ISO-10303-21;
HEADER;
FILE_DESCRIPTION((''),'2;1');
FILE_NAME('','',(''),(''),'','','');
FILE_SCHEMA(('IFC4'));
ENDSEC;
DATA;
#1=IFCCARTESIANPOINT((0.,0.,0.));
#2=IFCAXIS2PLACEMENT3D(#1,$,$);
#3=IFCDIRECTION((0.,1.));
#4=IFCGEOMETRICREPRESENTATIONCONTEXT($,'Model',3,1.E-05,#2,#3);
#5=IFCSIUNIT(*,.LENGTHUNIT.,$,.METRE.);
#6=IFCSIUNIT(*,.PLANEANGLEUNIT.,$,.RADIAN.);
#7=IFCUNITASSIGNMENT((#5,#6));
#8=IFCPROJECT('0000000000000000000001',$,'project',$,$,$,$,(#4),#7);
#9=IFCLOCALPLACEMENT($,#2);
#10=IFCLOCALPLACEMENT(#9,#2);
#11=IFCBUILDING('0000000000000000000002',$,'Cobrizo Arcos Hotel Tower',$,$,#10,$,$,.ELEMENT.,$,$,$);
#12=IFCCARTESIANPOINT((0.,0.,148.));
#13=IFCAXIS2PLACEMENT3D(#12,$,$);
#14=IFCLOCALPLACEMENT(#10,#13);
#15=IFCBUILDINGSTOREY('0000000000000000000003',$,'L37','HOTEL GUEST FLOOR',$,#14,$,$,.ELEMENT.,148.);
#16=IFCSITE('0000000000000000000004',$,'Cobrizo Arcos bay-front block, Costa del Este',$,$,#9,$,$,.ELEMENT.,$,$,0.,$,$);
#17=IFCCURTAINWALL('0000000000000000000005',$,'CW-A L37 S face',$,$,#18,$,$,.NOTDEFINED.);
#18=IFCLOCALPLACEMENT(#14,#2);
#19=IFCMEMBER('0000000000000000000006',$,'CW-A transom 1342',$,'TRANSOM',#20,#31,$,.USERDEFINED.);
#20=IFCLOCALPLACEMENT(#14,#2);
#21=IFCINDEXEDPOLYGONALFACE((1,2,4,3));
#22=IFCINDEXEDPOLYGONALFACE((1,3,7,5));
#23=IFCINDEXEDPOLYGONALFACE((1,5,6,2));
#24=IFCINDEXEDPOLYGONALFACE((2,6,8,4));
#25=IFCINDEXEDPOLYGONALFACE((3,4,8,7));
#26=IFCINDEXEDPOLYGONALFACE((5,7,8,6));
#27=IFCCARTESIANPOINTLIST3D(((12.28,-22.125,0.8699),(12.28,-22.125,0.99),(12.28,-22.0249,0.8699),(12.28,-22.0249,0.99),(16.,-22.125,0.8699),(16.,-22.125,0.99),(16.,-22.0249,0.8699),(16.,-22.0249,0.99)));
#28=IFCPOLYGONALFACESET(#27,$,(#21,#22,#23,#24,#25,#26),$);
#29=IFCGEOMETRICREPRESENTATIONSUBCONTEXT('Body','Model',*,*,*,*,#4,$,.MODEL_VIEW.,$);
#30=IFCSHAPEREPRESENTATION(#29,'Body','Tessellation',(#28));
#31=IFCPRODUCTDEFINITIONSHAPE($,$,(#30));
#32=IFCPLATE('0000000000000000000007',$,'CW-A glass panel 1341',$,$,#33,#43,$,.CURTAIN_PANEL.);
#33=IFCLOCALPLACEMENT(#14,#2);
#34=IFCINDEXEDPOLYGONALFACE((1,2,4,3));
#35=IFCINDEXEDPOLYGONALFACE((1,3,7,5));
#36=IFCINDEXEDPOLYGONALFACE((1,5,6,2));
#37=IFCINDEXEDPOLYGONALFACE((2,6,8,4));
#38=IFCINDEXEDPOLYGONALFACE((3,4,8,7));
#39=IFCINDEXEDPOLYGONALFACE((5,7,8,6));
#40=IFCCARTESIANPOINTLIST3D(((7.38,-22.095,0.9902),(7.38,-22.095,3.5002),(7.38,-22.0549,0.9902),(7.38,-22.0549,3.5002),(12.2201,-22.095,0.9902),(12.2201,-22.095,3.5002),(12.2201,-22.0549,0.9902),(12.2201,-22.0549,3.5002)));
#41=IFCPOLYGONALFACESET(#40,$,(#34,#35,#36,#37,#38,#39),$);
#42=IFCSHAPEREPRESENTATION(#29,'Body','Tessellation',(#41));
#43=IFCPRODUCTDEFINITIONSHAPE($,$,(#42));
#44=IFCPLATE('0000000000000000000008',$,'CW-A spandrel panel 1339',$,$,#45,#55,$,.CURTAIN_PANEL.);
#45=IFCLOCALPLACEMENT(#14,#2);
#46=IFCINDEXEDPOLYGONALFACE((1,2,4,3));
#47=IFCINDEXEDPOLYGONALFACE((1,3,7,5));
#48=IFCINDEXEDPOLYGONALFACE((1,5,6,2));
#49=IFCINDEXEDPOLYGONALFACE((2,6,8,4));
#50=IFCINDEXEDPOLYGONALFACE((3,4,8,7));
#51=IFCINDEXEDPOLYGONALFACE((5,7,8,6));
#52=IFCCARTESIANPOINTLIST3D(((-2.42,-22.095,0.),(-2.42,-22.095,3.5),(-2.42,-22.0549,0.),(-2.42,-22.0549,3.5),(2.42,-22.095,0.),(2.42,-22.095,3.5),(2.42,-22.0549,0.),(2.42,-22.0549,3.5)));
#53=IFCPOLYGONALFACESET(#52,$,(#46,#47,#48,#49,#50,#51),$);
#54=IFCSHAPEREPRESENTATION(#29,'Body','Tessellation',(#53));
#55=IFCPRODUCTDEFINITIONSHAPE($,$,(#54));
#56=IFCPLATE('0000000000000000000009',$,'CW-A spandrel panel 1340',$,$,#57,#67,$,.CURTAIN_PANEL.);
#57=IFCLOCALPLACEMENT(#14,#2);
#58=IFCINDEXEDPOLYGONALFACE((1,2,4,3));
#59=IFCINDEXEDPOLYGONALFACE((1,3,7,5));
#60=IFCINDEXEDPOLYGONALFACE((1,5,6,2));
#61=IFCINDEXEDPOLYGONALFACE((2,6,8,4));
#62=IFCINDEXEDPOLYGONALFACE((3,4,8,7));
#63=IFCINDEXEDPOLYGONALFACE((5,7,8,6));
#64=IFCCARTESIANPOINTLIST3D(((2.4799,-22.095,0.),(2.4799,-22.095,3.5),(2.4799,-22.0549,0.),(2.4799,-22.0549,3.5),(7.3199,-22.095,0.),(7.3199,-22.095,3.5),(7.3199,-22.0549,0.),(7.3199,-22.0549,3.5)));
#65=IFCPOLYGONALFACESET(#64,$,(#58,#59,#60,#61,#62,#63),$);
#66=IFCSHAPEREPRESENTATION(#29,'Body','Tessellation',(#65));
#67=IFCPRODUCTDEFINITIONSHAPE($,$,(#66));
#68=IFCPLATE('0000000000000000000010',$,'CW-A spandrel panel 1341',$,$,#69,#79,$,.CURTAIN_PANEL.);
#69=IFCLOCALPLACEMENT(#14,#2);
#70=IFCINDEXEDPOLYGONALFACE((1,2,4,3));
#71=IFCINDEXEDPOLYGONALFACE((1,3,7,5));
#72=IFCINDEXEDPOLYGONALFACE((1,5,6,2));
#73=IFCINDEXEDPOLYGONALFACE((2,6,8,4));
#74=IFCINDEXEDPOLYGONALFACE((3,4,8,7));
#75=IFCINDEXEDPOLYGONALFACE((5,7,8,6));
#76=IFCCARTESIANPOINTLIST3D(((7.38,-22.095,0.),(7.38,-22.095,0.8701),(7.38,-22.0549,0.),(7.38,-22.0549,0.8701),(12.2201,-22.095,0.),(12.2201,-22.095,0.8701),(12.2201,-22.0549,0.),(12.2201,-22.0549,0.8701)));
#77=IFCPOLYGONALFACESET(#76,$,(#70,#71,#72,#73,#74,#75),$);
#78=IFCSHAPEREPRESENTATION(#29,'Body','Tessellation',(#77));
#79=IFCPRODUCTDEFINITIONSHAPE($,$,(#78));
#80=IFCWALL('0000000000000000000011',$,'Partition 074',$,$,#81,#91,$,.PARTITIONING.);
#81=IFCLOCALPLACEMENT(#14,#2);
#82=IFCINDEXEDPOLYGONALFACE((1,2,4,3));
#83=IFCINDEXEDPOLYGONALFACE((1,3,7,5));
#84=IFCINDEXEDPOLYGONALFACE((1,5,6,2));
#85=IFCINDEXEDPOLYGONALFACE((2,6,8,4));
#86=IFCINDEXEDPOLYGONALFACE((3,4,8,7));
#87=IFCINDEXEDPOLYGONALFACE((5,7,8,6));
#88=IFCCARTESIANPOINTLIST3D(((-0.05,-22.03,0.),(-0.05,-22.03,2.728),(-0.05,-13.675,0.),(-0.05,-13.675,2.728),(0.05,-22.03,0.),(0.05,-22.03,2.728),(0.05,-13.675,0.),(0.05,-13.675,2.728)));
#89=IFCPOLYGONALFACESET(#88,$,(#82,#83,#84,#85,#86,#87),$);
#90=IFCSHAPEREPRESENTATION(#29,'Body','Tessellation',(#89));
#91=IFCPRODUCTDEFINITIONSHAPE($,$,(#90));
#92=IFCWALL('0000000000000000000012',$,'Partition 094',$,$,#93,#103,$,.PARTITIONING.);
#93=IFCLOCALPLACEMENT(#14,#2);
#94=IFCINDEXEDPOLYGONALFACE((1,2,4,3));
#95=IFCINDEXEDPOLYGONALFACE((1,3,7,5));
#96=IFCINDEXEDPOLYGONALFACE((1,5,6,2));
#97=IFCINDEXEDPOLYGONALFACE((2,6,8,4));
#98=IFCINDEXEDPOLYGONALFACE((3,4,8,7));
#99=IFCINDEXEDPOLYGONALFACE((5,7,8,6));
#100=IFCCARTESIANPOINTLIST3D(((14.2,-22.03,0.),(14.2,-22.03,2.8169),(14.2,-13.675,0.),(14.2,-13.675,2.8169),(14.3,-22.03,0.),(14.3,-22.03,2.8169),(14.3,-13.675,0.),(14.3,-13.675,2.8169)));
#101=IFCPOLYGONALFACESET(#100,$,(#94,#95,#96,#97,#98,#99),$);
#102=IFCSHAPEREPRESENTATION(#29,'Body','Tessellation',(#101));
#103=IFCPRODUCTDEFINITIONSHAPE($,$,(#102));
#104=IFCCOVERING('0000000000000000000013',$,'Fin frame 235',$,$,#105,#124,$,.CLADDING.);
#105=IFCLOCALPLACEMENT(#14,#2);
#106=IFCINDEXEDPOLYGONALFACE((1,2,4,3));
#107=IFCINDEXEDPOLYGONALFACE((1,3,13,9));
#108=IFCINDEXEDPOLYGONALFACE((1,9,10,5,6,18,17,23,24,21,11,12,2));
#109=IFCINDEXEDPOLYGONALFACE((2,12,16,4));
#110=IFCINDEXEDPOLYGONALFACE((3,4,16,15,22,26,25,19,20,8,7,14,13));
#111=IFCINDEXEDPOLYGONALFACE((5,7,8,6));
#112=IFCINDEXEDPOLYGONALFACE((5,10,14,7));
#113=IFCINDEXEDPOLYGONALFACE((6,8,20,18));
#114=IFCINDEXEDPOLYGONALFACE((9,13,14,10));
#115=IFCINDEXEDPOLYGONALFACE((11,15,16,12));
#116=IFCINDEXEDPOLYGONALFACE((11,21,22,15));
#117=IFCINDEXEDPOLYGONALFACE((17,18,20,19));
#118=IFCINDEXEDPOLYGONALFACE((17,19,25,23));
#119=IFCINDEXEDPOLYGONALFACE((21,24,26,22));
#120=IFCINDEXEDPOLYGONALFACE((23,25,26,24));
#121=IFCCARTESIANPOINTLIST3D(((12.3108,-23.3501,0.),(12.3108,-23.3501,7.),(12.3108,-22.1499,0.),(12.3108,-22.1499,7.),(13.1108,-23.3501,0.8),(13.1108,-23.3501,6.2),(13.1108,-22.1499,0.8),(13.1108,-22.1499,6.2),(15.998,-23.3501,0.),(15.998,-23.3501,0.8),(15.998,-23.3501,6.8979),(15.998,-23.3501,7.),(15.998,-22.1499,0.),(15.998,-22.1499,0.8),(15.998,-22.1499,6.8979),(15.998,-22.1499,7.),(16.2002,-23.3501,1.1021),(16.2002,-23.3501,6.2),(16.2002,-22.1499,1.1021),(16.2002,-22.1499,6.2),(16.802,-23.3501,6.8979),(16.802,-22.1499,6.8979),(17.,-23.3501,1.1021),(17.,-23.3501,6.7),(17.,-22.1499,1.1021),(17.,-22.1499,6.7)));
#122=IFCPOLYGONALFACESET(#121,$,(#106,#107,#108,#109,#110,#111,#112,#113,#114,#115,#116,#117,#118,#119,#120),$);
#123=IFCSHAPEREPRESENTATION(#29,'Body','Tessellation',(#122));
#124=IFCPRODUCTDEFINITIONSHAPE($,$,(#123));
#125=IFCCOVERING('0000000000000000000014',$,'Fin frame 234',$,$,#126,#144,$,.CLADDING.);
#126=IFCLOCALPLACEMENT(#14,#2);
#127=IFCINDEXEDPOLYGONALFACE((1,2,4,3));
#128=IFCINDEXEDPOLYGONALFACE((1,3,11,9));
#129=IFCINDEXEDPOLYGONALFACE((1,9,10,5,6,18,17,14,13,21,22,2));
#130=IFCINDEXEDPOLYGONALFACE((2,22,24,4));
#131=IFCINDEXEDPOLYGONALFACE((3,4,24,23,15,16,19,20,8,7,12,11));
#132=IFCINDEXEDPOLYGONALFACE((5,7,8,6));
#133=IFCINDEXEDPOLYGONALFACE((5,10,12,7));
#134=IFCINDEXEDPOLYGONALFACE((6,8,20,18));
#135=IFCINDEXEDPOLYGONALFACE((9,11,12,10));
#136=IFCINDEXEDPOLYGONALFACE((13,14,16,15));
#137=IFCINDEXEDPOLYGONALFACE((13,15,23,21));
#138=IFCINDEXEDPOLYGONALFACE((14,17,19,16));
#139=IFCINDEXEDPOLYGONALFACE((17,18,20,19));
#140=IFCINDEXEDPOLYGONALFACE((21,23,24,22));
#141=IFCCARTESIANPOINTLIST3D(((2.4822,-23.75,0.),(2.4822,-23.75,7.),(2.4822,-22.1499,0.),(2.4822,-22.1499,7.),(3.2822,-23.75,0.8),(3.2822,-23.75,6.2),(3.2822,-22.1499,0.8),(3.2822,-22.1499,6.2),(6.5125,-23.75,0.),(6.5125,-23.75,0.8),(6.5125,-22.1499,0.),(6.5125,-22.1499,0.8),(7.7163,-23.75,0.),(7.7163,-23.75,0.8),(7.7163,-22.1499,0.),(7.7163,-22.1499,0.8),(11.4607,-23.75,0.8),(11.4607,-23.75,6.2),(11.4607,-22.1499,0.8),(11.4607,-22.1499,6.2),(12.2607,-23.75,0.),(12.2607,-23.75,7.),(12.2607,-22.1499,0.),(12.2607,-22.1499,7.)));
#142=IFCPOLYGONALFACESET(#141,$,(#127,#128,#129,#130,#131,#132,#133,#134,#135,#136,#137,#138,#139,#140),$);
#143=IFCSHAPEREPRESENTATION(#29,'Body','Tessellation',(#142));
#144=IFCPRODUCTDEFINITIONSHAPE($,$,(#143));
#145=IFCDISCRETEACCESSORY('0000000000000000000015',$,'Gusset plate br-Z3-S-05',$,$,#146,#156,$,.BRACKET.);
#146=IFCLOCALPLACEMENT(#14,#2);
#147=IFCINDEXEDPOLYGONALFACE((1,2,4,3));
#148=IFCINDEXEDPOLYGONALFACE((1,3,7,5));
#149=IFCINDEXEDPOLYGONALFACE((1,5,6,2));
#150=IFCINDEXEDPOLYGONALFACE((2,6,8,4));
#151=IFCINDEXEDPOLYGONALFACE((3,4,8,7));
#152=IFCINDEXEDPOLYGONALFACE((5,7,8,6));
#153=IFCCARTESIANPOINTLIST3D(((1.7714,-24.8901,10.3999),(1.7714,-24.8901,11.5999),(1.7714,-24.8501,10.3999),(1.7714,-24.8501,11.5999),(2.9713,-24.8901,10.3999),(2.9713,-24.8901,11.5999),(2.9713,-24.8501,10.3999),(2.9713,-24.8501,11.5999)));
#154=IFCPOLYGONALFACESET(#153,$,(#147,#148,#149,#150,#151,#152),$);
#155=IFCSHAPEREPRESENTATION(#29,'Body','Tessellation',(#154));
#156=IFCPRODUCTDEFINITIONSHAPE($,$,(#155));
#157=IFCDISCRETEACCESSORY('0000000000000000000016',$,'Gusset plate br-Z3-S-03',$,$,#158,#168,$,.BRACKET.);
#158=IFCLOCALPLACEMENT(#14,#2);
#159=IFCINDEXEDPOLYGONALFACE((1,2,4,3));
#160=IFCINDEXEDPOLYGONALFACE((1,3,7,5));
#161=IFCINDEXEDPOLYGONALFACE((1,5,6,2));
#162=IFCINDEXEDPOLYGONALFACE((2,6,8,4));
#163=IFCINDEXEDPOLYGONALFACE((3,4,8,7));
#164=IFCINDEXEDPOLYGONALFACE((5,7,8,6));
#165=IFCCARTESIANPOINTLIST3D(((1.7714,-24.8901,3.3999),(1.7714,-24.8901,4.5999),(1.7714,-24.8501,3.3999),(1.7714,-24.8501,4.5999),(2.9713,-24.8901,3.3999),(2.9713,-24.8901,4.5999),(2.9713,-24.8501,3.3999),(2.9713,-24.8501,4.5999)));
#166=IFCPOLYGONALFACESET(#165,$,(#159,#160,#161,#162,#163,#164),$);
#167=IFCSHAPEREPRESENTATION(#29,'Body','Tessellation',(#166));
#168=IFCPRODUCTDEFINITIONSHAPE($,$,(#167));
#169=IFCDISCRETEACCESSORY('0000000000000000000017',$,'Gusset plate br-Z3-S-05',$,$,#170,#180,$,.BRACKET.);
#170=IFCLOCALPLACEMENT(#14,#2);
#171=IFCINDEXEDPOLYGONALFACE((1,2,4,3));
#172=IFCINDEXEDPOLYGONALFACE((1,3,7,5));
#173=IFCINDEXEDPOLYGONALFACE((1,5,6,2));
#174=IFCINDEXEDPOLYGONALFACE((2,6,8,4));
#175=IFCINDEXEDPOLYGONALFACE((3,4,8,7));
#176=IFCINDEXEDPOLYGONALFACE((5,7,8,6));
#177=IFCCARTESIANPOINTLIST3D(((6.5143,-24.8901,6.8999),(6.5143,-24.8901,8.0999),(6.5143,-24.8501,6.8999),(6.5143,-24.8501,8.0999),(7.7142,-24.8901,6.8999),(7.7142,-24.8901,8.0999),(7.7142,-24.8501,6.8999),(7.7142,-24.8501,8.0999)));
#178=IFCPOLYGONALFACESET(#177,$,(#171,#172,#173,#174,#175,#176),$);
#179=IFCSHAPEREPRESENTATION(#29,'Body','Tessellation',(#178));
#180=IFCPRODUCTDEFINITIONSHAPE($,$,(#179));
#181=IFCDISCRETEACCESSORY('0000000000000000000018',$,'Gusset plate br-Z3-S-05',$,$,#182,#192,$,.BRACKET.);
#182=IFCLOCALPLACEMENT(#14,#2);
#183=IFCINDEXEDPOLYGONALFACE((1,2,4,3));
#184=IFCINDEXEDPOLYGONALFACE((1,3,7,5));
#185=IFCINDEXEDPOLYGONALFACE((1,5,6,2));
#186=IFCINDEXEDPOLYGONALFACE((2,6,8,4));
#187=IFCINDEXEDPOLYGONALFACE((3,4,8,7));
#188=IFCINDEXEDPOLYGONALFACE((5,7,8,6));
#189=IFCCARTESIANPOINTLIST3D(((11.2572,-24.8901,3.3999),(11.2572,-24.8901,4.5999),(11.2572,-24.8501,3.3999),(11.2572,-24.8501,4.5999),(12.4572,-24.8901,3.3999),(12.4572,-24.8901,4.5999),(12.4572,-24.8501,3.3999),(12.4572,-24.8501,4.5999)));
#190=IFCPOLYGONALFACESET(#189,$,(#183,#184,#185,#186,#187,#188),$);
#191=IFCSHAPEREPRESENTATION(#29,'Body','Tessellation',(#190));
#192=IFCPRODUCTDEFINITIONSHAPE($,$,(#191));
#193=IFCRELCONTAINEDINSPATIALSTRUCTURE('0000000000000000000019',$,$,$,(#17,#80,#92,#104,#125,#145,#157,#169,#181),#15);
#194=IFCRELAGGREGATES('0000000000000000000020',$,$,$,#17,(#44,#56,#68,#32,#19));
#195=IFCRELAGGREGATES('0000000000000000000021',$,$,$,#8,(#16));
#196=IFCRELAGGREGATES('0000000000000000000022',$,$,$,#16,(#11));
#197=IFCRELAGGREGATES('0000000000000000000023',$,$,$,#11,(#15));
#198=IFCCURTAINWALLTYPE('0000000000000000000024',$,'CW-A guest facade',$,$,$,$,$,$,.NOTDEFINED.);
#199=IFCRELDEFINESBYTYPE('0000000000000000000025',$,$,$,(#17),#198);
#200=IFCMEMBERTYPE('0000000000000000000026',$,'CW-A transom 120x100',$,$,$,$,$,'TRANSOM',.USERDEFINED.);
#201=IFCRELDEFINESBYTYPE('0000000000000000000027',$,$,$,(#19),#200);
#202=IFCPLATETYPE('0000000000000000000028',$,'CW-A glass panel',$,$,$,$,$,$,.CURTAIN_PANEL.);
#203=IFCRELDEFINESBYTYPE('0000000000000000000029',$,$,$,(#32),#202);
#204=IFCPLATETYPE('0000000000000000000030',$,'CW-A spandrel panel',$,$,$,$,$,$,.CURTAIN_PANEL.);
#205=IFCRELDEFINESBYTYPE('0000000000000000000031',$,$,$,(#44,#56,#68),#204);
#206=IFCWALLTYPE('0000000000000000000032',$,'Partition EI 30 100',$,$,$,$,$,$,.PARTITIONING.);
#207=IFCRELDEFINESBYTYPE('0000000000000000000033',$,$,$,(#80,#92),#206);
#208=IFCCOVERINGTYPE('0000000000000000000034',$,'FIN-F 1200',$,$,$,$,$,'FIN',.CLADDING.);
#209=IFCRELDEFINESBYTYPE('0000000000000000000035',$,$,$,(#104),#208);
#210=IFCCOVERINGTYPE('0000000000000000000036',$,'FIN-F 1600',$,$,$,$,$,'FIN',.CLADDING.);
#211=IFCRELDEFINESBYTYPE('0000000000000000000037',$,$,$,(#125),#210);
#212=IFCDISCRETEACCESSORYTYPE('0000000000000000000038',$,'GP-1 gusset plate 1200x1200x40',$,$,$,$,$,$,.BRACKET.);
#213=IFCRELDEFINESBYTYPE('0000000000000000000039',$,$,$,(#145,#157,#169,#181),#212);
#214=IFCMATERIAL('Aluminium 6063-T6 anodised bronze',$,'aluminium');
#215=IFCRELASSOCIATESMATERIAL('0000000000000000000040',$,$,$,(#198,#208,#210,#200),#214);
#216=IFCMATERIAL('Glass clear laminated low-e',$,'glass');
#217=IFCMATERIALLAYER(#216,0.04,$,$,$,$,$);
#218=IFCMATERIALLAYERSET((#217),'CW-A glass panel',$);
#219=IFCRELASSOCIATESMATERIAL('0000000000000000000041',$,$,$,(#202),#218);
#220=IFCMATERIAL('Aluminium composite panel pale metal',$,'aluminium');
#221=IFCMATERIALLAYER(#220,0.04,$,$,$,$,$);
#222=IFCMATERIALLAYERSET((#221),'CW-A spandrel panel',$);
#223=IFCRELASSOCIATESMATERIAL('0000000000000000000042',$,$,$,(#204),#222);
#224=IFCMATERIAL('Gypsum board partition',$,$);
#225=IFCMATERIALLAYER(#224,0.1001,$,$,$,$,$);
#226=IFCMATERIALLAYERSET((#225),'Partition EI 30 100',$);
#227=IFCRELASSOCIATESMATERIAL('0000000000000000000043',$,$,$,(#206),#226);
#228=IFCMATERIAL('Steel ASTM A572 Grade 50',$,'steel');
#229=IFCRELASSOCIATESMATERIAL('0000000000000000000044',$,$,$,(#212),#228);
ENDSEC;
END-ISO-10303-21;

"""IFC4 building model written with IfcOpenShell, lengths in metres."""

from ifc_helpers import new_model, si_unit, direction, frame, frame_2d, origin, origin_2d, place, context, subcontext, project, spatial, polyline, rectangle, outline, extrude, material, layer, layer_set, material_profile, profile_set, type_object, element, aggregate, save


model = new_model("IFC4")

# Units and contexts
model_context = context("Model", 3, precision=1e-05, world=origin(), true_north=direction((0.0, 1.0)))
body_context = subcontext(model_context, "Body", "Model", "MODEL_VIEW")
ifc_project = project(units=[si_unit("LENGTHUNIT", "METRE"), si_unit("PLANEANGLEUNIT", "RADIAN")], contexts=[model_context])

# Site, building, storey
site_placement = place(None, origin())
site = spatial("IfcSite", under=ifc_project, at=site_placement, Name="Cobrizo Arcos bay-front block, Costa del Este", CompositionType="ELEMENT", RefElevation=0.0)
building_placement = place(site_placement, origin())
building = spatial("IfcBuilding", under=site, at=building_placement, Name="Cobrizo Arcos Hotel Tower", CompositionType="ELEMENT")
storey_placement = place(building_placement, frame((0.0, 0.0, 148.0)))
storey = spatial("IfcBuildingStorey", under=building, at=storey_placement, Name="L37", Description="HOTEL GUEST FLOOR", CompositionType="ELEMENT", Elevation=148.0)

# Shared definitions
ifc_material_1 = material(Name="Steel ASTM A572 Grade 50", Category="steel")

# Curtain wall, member, plates
ifc_material_2 = material(Name="Aluminium 6063-T6 anodised bronze", Category="aluminium")
curtain_wall_type = type_object("IfcCurtainWallType", Name="CW-A guest facade", PredefinedType="NOTDEFINED", material=ifc_material_2)
curtain_wall_placement = place(storey_placement, origin())
curtain_wall = element("IfcCurtainWall", 1, at=curtain_wall_placement, inside=storey, type_object=curtain_wall_type, Name="CW-A L37 S face", PredefinedType="NOTDEFINED")
ifc_material_profile_1 = material_profile(ifc_material_2, rectangle(XDim=0.1001, YDim=0.1201, at=origin_2d()), Name="CW-A transom 120x100")
ifc_profile_set_1 = profile_set([ifc_material_profile_1], Name="Aluminium 6063-T6 anodised bronze")
member_type_1 = type_object("IfcMemberType", Name="CW-A transom 120x100", ElementType="TRANSOM", PredefinedType="USERDEFINED", material=ifc_profile_set_1)
member_1_placement = place(storey_placement, frame((12.28, -22.075, 0.9299), z_axis=(1.0, 0.0, 0.0), x_axis=(0.0, 1.0, 0.0)))
member_1 = element("IfcMember", 2, at=member_1_placement, type_object=member_type_1, Name="CW-A transom 1342", ObjectType="TRANSOM", PredefinedType="USERDEFINED", context=body_context, shape_type="SweptSolid", body=[
    extrude(rectangle(XDim=0.1001, YDim=0.1201, at=origin_2d()), origin(), (0.0, 0.0, 1.0), 3.72),
])
ifc_material_3 = material(Name="Glass clear laminated low-e", Category="glass")
ifc_layer_1 = layer(ifc_material_3, 0.04)
ifc_layer_set_1 = layer_set([ifc_layer_1], Name="CW-A glass panel")
plate_type_1 = type_object("IfcPlateType", Name="CW-A glass panel", PredefinedType="CURTAIN_PANEL", material=ifc_layer_set_1)
plate_1_placement = place(storey_placement, frame((9.8, -22.075, 0.9902), z_axis=(0.0, 0.0, 1.0), x_axis=(1.0, 0.0, 0.0)))
plate_1 = element("IfcPlate", 3, at=plate_1_placement, type_object=plate_type_1, Name="CW-A glass panel 1341", PredefinedType="CURTAIN_PANEL", context=body_context, shape_type="SweptSolid", body=[
    extrude(rectangle(XDim=4.8401, YDim=0.04, at=origin_2d()), origin(), (0.0, 0.0, 1.0), 2.51),
])
ifc_material_4 = material(Name="Aluminium composite panel pale metal", Category="aluminium")
ifc_layer_2 = layer(ifc_material_4, 0.04)
ifc_layer_set_2 = layer_set([ifc_layer_2], Name="CW-A spandrel panel")
plate_type_2 = type_object("IfcPlateType", Name="CW-A spandrel panel", PredefinedType="CURTAIN_PANEL", material=ifc_layer_set_2)
plate_2_placement = place(storey_placement, frame((0.0, -22.075, 0.0), z_axis=(0.0, 0.0, 1.0), x_axis=(1.0, 0.0, 0.0)))
plate_2 = element("IfcPlate", 4, at=plate_2_placement, type_object=plate_type_2, Name="CW-A spandrel panel 1339", PredefinedType="CURTAIN_PANEL", context=body_context, shape_type="SweptSolid", body=[
    extrude(rectangle(XDim=4.8401, YDim=0.04, at=origin_2d()), origin(), (0.0, 0.0, 1.0), 3.5),
])
plate_3_placement = place(storey_placement, frame((4.8999, -22.075, 0.0), z_axis=(0.0, 0.0, 1.0), x_axis=(1.0, 0.0, 0.0)))
plate_3 = element("IfcPlate", 5, at=plate_3_placement, type_object=plate_type_2, Name="CW-A spandrel panel 1340", PredefinedType="CURTAIN_PANEL", context=body_context, shape_type="SweptSolid", body=[
    extrude(rectangle(XDim=4.8401, YDim=0.04, at=origin_2d()), origin(), (0.0, 0.0, 1.0), 3.5),
])
plate_4_placement = place(storey_placement, frame((9.8, -22.075, 0.0), z_axis=(0.0, 0.0, 1.0), x_axis=(1.0, 0.0, 0.0)))
plate_4 = element("IfcPlate", 6, at=plate_4_placement, type_object=plate_type_2, Name="CW-A spandrel panel 1341", PredefinedType="CURTAIN_PANEL", context=body_context, shape_type="SweptSolid", body=[
    extrude(rectangle(XDim=4.8401, YDim=0.04, at=origin_2d()), origin(), (0.0, 0.0, 1.0), 0.8701),
])
aggregate(curtain_wall, [plate_2, plate_3, plate_4, plate_1, member_1])

# Walls
ifc_material_5 = material(Name="Gypsum board partition")
ifc_layer_3 = layer(ifc_material_5, 0.1001)
ifc_layer_set_3 = layer_set([ifc_layer_3], Name="Partition EI 30 100")
wall_type = type_object("IfcWallType", Name="Partition EI 30 100", PredefinedType="PARTITIONING", material=ifc_layer_set_3)
wall_1_placement = place(storey_placement, frame((0.0, -22.03, 0.0), z_axis=(0.0, 0.0, 1.0), x_axis=(0.0, 1.0, 0.0)))
element("IfcWall", 7, at=wall_1_placement, inside=storey, type_object=wall_type, Name="Partition 074", PredefinedType="PARTITIONING", context=body_context, shape_type="SweptSolid", body=[
    extrude(rectangle(XDim=8.355, YDim=0.1001, at=frame_2d((4.1775, 0.0))), origin(), (0.0, 0.0, 1.0), 2.728),
])
wall_2_placement = place(storey_placement, frame((14.25, -22.03, 0.0), z_axis=(0.0, 0.0, 1.0), x_axis=(0.0, 1.0, 0.0)))
element("IfcWall", 8, at=wall_2_placement, inside=storey, type_object=wall_type, Name="Partition 094", PredefinedType="PARTITIONING", context=body_context, shape_type="SweptSolid", body=[
    extrude(rectangle(XDim=8.355, YDim=0.1001, at=frame_2d((4.1775, 0.0))), origin(), (0.0, 0.0, 1.0), 2.8169),
])

# Coverings
covering_type_1 = type_object("IfcCoveringType", Name="FIN-F 1200", ElementType="FIN", PredefinedType="CLADDING", material=ifc_material_2)
covering_1_placement = place(storey_placement, frame((12.3108, -22.1499, 0.0), z_axis=(0.0, -1.0, 0.0), x_axis=(1.0, 0.0, 0.0)))
element("IfcCovering", 9, at=covering_1_placement, inside=storey, type_object=covering_type_1, Name="Fin frame 235", PredefinedType="CLADDING", context=body_context, shape_type="SweptSolid", body=[
    extrude(outline(polyline([(0.0, 0.0), (3.6873, 0.0), (3.6873, 0.8), (0.8, 0.8), (0.8, 6.2), (3.8894, 6.2), (3.8894, 1.1021), (4.6892, 1.1021), (4.6892, 6.7), (4.4912, 6.8979), (3.6873, 6.8979), (3.6873, 7.0), (0.0, 7.0), (0.0, 0.0)])), origin(), (0.0, 0.0, 1.0), 1.2002),
])
covering_type_2 = type_object("IfcCoveringType", Name="FIN-F 1600", ElementType="FIN", PredefinedType="CLADDING", material=ifc_material_2)
covering_2_placement = place(storey_placement, frame((2.4822, -22.1499, 0.0), z_axis=(0.0, -1.0, 0.0), x_axis=(1.0, 0.0, 0.0)))
element("IfcCovering", 10, at=covering_2_placement, inside=storey, type_object=covering_type_2, Name="Fin frame 234", PredefinedType="CLADDING", context=body_context, shape_type="SweptSolid", body=[
    extrude(outline(polyline([(0.0, 0.0), (4.0303, 0.0), (4.0303, 0.8), (0.8, 0.8), (0.8, 6.2), (8.9785, 6.2), (8.9785, 0.8), (5.2341, 0.8), (5.2341, 0.0), (9.7786, 0.0), (9.7786, 7.0), (0.0, 7.0), (0.0, 0.0)])), origin(), (0.0, 0.0, 1.0), 1.6001),
])

# Discrete accessories
discrete_accessory_type_1 = type_object("IfcDiscreteAccessoryType", Name="GP-1 gusset plate 1200x1200x40", PredefinedType="BRACKET", material=ifc_material_1)
for number, where, z_axis, x_axis, name in (
    (11, (2.3713, -24.8701, 10.3999), (0.0, 0.0, 1.0), (1.0, 0.0, 0.0), "Gusset plate br-Z3-S-05"),
    (12, (2.3713, -24.8701, 3.3999), (0.0, 0.0, 1.0), (1.0, 0.0, 0.0), "Gusset plate br-Z3-S-03"),
    (13, (7.1143, -24.8701, 6.8999), (0.0, 0.0, 1.0), (1.0, 0.0, 0.0), "Gusset plate br-Z3-S-05"),
    (14, (11.8572, -24.8701, 3.3999), (0.0, 0.0, 1.0), (1.0, 0.0, 0.0), "Gusset plate br-Z3-S-05"),
):
    element("IfcDiscreteAccessory", number, at=place(storey_placement, frame(where, z_axis=z_axis, x_axis=x_axis)), inside=storey, type_object=discrete_accessory_type_1, Name=name, PredefinedType="BRACKET", context=body_context, shape_type="SweptSolid", body=[
        extrude(rectangle(XDim=1.2, YDim=0.04, at=origin_2d()), origin(), (0.0, 0.0, 1.0), 1.2),
    ])

save(model, "model.ifc")
